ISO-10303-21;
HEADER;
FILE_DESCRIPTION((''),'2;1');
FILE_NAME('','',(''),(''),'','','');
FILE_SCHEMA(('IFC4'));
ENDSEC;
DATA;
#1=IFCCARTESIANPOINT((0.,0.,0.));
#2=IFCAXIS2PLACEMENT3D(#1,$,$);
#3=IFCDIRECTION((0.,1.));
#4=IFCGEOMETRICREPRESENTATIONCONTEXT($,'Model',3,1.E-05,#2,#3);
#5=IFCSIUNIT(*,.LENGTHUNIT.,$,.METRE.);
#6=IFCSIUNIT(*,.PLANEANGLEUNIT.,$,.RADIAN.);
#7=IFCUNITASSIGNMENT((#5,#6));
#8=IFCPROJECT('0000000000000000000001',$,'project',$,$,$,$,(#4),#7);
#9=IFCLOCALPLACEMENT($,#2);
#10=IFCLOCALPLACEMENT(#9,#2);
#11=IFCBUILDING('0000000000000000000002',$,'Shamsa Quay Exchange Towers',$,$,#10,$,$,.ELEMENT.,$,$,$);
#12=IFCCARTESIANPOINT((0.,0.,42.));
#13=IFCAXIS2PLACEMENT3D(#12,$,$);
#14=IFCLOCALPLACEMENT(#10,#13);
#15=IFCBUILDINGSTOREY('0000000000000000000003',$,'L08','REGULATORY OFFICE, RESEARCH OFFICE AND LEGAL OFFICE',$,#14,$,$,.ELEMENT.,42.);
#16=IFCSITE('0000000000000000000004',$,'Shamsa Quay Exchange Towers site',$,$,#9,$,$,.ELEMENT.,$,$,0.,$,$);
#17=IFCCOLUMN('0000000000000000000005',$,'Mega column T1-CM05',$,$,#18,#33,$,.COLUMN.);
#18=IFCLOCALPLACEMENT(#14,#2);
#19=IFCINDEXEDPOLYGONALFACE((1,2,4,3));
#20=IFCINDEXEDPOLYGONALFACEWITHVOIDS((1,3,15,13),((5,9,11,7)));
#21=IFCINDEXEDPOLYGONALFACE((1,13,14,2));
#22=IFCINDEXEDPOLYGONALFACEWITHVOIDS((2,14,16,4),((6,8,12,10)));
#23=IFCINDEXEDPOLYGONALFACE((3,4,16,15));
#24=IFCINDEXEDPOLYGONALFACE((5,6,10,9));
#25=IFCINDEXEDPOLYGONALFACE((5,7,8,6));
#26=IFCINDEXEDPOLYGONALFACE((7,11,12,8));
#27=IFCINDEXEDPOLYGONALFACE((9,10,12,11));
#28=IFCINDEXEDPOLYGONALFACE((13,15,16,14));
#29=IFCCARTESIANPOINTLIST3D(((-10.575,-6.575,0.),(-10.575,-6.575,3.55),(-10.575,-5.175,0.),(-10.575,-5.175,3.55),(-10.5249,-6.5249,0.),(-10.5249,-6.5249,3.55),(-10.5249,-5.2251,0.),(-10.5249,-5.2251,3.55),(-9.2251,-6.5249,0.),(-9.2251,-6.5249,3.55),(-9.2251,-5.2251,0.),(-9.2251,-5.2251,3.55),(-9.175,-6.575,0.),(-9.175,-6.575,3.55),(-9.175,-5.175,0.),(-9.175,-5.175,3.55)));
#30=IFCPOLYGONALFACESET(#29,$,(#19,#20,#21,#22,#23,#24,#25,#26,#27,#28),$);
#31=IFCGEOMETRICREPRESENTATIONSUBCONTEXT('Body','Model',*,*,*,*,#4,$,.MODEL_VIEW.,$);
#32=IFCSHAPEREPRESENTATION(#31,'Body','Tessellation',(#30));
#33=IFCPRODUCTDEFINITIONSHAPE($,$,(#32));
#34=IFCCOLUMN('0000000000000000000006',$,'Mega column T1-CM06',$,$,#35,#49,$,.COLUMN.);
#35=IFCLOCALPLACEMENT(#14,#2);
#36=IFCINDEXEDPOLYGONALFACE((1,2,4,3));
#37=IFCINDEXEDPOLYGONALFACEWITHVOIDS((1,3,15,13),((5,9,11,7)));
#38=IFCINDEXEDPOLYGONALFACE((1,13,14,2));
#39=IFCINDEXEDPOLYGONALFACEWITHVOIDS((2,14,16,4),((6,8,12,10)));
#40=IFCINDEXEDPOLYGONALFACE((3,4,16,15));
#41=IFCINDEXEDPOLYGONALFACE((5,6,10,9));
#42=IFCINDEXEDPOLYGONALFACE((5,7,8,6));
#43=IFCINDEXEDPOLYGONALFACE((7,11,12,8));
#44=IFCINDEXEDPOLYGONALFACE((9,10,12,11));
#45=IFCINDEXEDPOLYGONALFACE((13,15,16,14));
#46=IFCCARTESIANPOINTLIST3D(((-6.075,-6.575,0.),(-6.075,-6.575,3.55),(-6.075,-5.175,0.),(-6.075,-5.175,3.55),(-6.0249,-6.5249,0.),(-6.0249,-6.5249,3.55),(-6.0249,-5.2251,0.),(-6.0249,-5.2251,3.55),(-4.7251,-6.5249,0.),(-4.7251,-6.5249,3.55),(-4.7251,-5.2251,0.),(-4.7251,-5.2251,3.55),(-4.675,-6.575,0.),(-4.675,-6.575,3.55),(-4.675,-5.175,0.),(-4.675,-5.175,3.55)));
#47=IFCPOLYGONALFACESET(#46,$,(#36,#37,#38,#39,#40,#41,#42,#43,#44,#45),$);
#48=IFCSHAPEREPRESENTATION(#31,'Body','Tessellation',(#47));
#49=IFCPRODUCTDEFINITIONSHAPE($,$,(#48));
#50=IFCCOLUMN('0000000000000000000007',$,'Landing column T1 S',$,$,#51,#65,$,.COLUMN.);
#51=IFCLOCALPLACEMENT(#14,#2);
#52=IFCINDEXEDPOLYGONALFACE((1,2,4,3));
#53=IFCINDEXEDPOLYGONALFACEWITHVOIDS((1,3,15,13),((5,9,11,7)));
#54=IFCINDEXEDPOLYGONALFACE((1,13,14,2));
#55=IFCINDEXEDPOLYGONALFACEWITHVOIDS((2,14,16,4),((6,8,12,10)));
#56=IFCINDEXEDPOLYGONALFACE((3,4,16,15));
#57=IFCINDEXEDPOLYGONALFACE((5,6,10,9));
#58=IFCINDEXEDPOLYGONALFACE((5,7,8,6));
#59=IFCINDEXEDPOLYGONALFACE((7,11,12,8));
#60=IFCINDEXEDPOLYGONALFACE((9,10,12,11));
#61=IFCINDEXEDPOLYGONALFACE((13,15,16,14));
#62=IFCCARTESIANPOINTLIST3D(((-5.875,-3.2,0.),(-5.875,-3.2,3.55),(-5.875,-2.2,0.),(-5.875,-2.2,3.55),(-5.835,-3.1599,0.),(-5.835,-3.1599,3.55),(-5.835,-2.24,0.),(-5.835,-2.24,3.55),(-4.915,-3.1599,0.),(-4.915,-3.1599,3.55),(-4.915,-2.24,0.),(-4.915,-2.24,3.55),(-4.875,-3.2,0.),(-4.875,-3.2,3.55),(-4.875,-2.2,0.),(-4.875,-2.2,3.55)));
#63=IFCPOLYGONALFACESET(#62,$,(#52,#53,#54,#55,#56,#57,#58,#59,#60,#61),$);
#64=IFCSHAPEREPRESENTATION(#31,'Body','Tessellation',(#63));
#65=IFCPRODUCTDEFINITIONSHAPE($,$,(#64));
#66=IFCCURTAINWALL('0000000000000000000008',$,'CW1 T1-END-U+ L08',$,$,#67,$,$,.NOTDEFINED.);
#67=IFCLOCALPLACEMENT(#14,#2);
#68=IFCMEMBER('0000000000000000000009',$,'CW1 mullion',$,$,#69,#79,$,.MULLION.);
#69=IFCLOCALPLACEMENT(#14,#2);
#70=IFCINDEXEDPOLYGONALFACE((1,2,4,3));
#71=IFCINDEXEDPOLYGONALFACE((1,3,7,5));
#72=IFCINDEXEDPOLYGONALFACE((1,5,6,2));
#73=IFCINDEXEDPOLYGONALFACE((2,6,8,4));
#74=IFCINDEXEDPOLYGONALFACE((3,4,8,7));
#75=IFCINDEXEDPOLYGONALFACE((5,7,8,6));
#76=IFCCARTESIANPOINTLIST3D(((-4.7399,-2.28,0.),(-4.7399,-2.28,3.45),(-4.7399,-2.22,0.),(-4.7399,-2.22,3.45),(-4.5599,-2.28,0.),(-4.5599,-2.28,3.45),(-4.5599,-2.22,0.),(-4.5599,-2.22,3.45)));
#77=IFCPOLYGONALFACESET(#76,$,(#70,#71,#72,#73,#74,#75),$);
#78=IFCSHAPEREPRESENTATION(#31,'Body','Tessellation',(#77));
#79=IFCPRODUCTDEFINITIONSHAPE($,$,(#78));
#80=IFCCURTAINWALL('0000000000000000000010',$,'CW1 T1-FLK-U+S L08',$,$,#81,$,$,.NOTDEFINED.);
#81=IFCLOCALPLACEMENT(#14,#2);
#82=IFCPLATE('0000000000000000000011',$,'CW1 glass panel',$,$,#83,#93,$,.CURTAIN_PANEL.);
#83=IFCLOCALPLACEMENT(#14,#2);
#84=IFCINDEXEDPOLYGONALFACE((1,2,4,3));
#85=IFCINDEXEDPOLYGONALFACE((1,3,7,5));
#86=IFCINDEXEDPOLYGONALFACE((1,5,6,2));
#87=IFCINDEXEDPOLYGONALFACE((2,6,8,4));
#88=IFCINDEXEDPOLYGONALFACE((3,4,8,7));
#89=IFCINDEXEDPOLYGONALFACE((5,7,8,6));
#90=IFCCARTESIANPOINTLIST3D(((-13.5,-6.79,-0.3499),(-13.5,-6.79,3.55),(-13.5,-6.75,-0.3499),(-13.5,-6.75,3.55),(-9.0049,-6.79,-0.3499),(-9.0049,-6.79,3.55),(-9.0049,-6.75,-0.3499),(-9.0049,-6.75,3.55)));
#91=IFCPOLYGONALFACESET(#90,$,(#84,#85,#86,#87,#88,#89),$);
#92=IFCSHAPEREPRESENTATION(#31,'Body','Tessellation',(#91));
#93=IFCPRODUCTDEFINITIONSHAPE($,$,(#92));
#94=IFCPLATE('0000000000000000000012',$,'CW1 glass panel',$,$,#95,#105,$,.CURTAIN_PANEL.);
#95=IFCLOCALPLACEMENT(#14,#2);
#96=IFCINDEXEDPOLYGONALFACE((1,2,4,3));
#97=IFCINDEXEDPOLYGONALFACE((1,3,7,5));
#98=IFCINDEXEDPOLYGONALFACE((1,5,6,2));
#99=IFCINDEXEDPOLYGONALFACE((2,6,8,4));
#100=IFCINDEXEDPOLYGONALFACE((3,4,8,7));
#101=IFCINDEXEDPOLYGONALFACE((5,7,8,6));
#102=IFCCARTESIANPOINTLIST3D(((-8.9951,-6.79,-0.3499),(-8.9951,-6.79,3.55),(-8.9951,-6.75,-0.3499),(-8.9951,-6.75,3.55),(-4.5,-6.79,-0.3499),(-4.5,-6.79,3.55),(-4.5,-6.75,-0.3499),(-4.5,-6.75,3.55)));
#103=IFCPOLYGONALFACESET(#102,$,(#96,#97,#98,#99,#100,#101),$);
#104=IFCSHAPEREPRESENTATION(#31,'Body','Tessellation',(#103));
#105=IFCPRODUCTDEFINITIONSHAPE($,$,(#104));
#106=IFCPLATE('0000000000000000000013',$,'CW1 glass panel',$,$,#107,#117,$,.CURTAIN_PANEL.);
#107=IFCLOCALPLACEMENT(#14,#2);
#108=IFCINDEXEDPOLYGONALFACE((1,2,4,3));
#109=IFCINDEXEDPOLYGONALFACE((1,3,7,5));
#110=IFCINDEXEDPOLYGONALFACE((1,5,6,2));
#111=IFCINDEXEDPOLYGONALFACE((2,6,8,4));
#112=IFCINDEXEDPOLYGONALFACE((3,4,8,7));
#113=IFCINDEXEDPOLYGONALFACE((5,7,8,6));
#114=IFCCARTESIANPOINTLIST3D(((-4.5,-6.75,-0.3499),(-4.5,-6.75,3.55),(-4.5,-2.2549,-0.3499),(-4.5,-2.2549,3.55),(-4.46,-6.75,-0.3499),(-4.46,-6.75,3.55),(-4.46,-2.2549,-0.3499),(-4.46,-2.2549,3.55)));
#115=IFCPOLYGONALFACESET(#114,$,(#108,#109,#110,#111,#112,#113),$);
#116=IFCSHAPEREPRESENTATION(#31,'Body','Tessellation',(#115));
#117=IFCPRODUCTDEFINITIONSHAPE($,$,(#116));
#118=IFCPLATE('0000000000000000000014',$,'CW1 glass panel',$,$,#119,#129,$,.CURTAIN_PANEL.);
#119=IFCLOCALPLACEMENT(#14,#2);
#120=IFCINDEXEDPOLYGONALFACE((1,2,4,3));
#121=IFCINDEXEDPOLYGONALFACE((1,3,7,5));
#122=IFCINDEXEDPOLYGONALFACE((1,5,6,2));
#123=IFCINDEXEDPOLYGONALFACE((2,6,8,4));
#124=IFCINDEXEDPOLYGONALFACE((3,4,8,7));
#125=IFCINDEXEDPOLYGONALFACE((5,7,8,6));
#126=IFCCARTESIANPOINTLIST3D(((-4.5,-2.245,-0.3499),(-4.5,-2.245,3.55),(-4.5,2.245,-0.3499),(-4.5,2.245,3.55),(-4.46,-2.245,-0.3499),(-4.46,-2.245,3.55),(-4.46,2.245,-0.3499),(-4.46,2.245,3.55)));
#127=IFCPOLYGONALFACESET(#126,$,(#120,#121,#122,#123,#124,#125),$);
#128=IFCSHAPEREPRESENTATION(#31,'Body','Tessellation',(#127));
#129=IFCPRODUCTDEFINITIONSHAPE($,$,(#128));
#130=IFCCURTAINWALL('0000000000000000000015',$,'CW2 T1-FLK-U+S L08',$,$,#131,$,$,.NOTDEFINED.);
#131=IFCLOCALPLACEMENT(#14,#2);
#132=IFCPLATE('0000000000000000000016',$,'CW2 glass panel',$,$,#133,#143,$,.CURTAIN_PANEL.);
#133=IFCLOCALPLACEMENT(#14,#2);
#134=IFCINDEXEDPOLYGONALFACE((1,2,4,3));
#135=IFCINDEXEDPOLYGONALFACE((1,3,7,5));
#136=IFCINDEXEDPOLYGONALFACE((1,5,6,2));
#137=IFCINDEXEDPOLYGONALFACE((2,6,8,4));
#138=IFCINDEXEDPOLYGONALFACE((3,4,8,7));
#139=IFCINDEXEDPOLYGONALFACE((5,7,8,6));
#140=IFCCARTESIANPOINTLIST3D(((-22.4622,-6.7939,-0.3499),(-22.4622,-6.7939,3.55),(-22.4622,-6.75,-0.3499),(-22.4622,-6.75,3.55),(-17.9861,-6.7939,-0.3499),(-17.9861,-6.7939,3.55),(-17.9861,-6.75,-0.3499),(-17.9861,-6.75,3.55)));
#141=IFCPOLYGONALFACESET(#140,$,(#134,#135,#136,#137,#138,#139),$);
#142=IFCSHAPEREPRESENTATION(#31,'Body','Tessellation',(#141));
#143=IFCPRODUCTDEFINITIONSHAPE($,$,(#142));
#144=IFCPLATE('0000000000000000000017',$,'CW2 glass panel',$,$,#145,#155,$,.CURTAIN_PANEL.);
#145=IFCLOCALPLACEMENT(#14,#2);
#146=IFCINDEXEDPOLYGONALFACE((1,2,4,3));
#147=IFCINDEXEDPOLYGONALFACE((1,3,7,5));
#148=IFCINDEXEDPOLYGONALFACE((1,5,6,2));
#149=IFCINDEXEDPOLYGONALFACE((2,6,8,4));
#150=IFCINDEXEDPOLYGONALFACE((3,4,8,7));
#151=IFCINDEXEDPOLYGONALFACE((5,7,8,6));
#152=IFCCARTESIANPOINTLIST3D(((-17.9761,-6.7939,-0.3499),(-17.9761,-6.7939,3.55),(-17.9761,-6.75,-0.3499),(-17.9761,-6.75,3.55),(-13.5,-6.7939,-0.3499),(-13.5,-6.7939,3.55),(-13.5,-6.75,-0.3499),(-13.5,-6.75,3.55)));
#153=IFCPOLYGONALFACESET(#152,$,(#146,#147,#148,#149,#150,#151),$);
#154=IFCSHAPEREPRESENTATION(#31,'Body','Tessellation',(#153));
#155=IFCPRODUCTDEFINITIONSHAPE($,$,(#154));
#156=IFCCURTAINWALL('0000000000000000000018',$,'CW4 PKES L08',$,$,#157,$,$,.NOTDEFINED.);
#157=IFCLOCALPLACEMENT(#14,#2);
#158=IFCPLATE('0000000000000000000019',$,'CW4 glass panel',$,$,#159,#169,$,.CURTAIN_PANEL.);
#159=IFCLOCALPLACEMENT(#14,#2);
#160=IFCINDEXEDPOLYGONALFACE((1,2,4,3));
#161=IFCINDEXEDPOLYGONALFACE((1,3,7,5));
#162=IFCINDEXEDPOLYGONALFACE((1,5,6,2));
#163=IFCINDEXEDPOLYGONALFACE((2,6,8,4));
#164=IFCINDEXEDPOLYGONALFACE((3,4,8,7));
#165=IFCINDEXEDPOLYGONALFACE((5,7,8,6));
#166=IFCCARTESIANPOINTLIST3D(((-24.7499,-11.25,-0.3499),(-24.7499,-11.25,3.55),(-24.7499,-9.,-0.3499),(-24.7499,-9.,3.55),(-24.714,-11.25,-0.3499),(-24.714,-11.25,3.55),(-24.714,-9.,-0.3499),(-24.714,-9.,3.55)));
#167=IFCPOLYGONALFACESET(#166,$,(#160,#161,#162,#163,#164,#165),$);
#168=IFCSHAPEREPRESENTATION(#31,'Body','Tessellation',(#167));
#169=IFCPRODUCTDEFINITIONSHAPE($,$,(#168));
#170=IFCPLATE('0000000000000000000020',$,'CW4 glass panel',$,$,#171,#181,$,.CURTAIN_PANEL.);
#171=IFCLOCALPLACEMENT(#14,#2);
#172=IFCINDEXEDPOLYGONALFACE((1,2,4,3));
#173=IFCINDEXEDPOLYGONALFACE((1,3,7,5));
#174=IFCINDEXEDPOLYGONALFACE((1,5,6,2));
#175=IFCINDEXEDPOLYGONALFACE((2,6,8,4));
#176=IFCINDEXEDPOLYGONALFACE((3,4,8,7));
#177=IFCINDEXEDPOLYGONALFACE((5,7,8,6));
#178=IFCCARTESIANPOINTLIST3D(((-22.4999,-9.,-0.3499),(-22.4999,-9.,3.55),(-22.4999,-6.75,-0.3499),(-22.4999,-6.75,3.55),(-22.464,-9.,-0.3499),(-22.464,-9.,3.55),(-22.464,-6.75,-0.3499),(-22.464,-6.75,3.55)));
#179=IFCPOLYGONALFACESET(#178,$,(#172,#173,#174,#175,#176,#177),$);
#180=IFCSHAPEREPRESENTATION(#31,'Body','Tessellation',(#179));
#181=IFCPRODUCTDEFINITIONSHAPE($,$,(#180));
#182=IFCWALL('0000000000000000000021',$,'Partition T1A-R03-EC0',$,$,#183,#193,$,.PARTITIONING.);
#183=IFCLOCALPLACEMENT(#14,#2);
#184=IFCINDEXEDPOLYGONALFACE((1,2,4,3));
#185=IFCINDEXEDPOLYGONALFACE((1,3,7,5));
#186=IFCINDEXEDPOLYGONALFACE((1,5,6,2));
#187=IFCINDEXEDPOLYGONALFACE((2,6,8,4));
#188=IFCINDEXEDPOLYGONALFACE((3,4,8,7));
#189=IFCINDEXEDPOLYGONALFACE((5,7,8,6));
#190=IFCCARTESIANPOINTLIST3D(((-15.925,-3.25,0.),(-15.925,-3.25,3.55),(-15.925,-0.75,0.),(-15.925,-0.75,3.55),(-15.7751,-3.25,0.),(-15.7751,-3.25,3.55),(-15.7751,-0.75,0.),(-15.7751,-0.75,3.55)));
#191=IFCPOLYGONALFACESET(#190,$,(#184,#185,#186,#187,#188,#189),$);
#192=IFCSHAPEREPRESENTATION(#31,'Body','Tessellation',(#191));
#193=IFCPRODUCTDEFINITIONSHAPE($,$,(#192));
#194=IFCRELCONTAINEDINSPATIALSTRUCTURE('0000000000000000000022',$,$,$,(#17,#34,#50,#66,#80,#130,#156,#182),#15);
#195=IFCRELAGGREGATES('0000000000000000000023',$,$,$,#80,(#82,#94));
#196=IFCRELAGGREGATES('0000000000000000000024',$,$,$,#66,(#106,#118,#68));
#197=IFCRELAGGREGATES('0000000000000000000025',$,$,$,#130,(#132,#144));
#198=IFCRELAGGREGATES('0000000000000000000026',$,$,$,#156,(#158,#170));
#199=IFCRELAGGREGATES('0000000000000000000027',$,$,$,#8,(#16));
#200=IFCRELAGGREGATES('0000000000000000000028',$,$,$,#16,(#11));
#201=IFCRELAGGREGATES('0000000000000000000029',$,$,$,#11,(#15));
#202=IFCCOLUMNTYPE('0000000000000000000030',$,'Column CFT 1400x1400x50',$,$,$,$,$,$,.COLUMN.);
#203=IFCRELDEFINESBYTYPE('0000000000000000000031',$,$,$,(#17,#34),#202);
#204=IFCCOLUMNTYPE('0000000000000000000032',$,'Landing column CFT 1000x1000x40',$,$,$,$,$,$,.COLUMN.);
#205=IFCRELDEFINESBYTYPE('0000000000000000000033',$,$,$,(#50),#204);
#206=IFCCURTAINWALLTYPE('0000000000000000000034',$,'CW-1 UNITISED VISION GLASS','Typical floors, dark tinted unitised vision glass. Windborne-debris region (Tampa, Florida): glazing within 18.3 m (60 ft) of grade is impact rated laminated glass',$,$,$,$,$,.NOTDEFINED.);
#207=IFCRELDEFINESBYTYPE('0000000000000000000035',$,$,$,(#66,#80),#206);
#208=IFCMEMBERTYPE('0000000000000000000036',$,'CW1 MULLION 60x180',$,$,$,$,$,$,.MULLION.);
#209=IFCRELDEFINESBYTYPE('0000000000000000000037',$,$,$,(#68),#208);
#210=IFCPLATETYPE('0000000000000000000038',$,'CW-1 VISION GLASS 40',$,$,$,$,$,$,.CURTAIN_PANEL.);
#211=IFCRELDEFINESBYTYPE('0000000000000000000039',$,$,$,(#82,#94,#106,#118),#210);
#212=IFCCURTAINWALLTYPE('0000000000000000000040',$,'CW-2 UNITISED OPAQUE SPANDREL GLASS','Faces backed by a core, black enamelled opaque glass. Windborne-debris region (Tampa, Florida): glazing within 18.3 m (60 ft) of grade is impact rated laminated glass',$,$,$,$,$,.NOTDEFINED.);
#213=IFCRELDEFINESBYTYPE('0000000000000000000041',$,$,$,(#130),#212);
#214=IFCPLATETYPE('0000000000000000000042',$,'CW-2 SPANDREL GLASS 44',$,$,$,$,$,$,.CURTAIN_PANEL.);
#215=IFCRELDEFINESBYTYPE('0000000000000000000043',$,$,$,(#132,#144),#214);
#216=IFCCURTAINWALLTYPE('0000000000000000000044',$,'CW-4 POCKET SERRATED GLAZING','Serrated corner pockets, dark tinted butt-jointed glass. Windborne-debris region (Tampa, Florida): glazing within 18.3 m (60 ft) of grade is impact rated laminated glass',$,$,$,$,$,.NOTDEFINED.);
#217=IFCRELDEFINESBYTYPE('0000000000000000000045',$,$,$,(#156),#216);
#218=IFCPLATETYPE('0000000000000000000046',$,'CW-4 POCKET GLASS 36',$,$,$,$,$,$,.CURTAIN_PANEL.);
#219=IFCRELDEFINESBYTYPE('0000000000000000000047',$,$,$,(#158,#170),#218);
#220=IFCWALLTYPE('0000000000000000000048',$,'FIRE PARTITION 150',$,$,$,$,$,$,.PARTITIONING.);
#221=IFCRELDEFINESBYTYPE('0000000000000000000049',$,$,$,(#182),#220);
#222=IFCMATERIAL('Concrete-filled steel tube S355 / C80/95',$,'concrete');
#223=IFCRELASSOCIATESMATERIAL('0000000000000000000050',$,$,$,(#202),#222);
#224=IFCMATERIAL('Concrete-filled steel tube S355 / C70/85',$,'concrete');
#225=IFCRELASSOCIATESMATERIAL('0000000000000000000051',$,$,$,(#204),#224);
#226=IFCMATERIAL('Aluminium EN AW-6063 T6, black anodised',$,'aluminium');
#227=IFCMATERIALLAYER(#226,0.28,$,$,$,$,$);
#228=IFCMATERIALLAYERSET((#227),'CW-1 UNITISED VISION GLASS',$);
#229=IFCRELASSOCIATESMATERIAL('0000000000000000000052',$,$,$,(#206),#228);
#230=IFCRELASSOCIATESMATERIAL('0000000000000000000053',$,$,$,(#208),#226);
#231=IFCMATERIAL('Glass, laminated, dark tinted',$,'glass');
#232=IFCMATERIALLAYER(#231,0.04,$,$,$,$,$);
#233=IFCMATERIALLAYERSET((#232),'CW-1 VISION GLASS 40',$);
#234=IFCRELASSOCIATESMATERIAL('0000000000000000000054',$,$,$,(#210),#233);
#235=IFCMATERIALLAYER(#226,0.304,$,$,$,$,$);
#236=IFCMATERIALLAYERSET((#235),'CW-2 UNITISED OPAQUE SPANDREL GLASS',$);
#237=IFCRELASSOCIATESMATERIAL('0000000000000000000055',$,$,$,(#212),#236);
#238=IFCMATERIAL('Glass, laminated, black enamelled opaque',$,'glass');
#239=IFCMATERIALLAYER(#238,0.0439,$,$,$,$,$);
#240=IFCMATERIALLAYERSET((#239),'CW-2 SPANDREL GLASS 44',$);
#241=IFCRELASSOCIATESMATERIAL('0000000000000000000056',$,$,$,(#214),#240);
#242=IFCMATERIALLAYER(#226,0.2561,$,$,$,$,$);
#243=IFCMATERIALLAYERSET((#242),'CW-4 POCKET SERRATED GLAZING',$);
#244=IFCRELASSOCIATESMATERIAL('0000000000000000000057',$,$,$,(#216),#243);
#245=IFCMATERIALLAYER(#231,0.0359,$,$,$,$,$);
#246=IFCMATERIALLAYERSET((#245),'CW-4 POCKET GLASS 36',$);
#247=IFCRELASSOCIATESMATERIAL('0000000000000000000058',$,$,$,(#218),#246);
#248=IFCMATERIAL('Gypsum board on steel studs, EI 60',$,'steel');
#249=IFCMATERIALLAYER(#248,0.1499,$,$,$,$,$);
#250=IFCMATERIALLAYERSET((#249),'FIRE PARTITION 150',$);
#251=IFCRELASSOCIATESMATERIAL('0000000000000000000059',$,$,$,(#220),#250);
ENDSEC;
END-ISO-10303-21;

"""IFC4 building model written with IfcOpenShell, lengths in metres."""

from ifc_helpers import new_model, si_unit, direction, frame, frame_2d, origin, origin_2d, place, context, subcontext, project, spatial, rectangle, hollow_rectangle, extrude, material, layer, layer_set, material_profile, profile_set, type_object, element, aggregate, save


model = new_model("IFC4")

# Units and contexts
model_context = context("Model", 3, precision=1e-05, world=origin(), true_north=direction((0.0, 1.0)))
body_context = subcontext(model_context, "Body", "Model", "MODEL_VIEW")
ifc_project = project(units=[si_unit("LENGTHUNIT", "METRE"), si_unit("PLANEANGLEUNIT", "RADIAN")], contexts=[model_context])

# Site, building, storey
site_placement = place(None, origin())
site = spatial("IfcSite", under=ifc_project, at=site_placement, Name="Shamsa Quay Exchange Towers site", CompositionType="ELEMENT", RefElevation=0.0)
building_placement = place(site_placement, origin())
building = spatial("IfcBuilding", under=site, at=building_placement, Name="Shamsa Quay Exchange Towers", CompositionType="ELEMENT")
storey_placement = place(building_placement, frame((0.0, 0.0, 42.0)))
storey = spatial("IfcBuildingStorey", under=building, at=storey_placement, Name="L08", Description="REGULATORY OFFICE, RESEARCH OFFICE AND LEGAL OFFICE", CompositionType="ELEMENT", Elevation=42.0)

# Columns
ifc_material_1 = material(Name="Concrete-filled steel tube S355 / C80/95", Category="concrete")
ifc_material_profile_1 = material_profile(ifc_material_1, hollow_rectangle(XDim=1.3999, YDim=1.3999, WallThickness=0.05, at=origin_2d()), Name="CFT 1400x1400x50")
ifc_profile_set_1 = profile_set([ifc_material_profile_1], Name="Concrete-filled steel tube S355 / C80/95")
column_type_1 = type_object("IfcColumnType", Name="Column CFT 1400x1400x50", PredefinedType="COLUMN", material=ifc_profile_set_1)
for number, where, name in (
    (1, (-9.875, -5.875, 0.0), "Mega column T1-CM05"),
    (2, (-5.375, -5.875, 0.0), "Mega column T1-CM06"),
):
    element("IfcColumn", number, at=place(storey_placement, frame(where)), inside=storey, type_object=column_type_1, Name=name, PredefinedType="COLUMN", context=body_context, shape_type="SweptSolid", body=[
        extrude(hollow_rectangle(XDim=1.3999, YDim=1.3999, WallThickness=0.05, at=origin_2d()), origin(), (0.0, 0.0, 1.0), 3.55),
    ])
ifc_material_2 = material(Name="Concrete-filled steel tube S355 / C70/85", Category="concrete")
ifc_material_profile_2 = material_profile(ifc_material_2, hollow_rectangle(XDim=1.0, YDim=1.0, WallThickness=0.04, at=origin_2d()), Name="CFT 1000x1000x40")
ifc_profile_set_2 = profile_set([ifc_material_profile_2], Name="Concrete-filled steel tube S355 / C70/85")
column_type_2 = type_object("IfcColumnType", Name="Landing column CFT 1000x1000x40", PredefinedType="COLUMN", material=ifc_profile_set_2)
column_placement = place(storey_placement, frame((-5.375, -2.7, 0.0)))
element("IfcColumn", 3, at=column_placement, inside=storey, type_object=column_type_2, Name="Landing column T1 S", PredefinedType="COLUMN", context=body_context, shape_type="SweptSolid", body=[
    extrude(hollow_rectangle(XDim=1.0, YDim=1.0, WallThickness=0.04, at=origin_2d()), origin(), (0.0, 0.0, 1.0), 3.55),
])

# Curtain wall, member
ifc_material_3 = material(Name="Aluminium EN AW-6063 T6, black anodised", Category="aluminium")
ifc_layer_1 = layer(ifc_material_3, 0.28)
ifc_layer_set_1 = layer_set([ifc_layer_1], Name="CW-1 UNITISED VISION GLASS")
curtain_wall_type_1 = type_object("IfcCurtainWallType", Name="CW-1 UNITISED VISION GLASS", Description="Typical floors, dark tinted unitised vision glass. Windborne-debris region (Tampa, Florida): glazing within 18.3 m (60 ft) of grade is impact rated laminated glass", PredefinedType="NOTDEFINED", material=ifc_layer_set_1)
curtain_wall_1_placement = place(storey_placement, origin())
curtain_wall_1 = element("IfcCurtainWall", 4, at=curtain_wall_1_placement, inside=storey, type_object=curtain_wall_type_1, Name="CW1 T1-END-U+ L08", PredefinedType="NOTDEFINED")
ifc_material_profile_3 = material_profile(ifc_material_3, rectangle(XDim=0.1799, YDim=0.0601, at=origin_2d()), Name="MU60x180")
ifc_profile_set_3 = profile_set([ifc_material_profile_3], Name="Aluminium EN AW-6063 T6, black anodised")
member_type = type_object("IfcMemberType", Name="CW1 MULLION 60x180", PredefinedType="MULLION", material=ifc_profile_set_3)
member_placement = place(storey_placement, frame((-4.6499, -2.25, 0.0), z_axis=(0.0, 0.0, 1.0), x_axis=(-1.0, 0.0, 0.0)))
member = element("IfcMember", 5, at=member_placement, type_object=member_type, Name="CW1 mullion", PredefinedType="MULLION", context=body_context, shape_type="SweptSolid", body=[
    extrude(rectangle(XDim=0.1799, YDim=0.0601, at=origin_2d()), origin(), (0.0, 0.0, 1.0), 3.45),
])

# Curtain wall, plates
curtain_wall_2_placement = place(storey_placement, origin())
curtain_wall_2 = element("IfcCurtainWall", 6, at=curtain_wall_2_placement, inside=storey, type_object=curtain_wall_type_1, Name="CW1 T1-FLK-U+S L08", PredefinedType="NOTDEFINED")
ifc_material_4 = material(Name="Glass, laminated, dark tinted", Category="glass")
ifc_layer_2 = layer(ifc_material_4, 0.04)
ifc_layer_set_2 = layer_set([ifc_layer_2], Name="CW-1 VISION GLASS 40")
plate_type_1 = type_object("IfcPlateType", Name="CW-1 VISION GLASS 40", PredefinedType="CURTAIN_PANEL", material=ifc_layer_set_2)
plate_1_placement = place(storey_placement, frame((-11.2524, -6.77, -0.3499)))
plate_1 = element("IfcPlate", 7, at=plate_1_placement, type_object=plate_type_1, Name="CW1 glass panel", PredefinedType="CURTAIN_PANEL", context=body_context, shape_type="SweptSolid", body=[
    extrude(rectangle(XDim=4.4951, YDim=0.04, at=origin_2d()), origin(), (0.0, 0.0, 1.0), 3.8999),
])
plate_2_placement = place(storey_placement, frame((-6.7476, -6.77, -0.3499)))
plate_2 = element("IfcPlate", 8, at=plate_2_placement, type_object=plate_type_1, Name="CW1 glass panel", PredefinedType="CURTAIN_PANEL", context=body_context, shape_type="SweptSolid", body=[
    extrude(rectangle(XDim=4.4951, YDim=0.04, at=origin_2d()), origin(), (0.0, 0.0, 1.0), 3.8999),
])
aggregate(curtain_wall_2, [plate_1, plate_2])

# Plates
plate_3_placement = place(storey_placement, frame((-4.48, -4.5024, -0.3499), z_axis=(0.0, 0.0, 1.0), x_axis=(0.0, 1.0, 0.0)))
plate_3 = element("IfcPlate", 9, at=plate_3_placement, type_object=plate_type_1, Name="CW1 glass panel", PredefinedType="CURTAIN_PANEL", context=body_context, shape_type="SweptSolid", body=[
    extrude(rectangle(XDim=4.4951, YDim=0.04, at=origin_2d()), origin(), (0.0, 0.0, 1.0), 3.8999),
])
plate_4_placement = place(storey_placement, frame((-4.48, 0.0, -0.3499), z_axis=(0.0, 0.0, 1.0), x_axis=(0.0, 1.0, 0.0)))
plate_4 = element("IfcPlate", 10, at=plate_4_placement, type_object=plate_type_1, Name="CW1 glass panel", PredefinedType="CURTAIN_PANEL", context=body_context, shape_type="SweptSolid", body=[
    extrude(rectangle(XDim=4.49, YDim=0.04, at=origin_2d()), origin(), (0.0, 0.0, 1.0), 3.8999),
])
aggregate(curtain_wall_1, [plate_3, plate_4, member])

# Curtain walls, plates
ifc_layer_3 = layer(ifc_material_3, 0.304)
ifc_layer_set_3 = layer_set([ifc_layer_3], Name="CW-2 UNITISED OPAQUE SPANDREL GLASS")
curtain_wall_type_2 = type_object("IfcCurtainWallType", Name="CW-2 UNITISED OPAQUE SPANDREL GLASS", Description="Faces backed by a core, black enamelled opaque glass. Windborne-debris region (Tampa, Florida): glazing within 18.3 m (60 ft) of grade is impact rated laminated glass", PredefinedType="NOTDEFINED", material=ifc_layer_set_3)
curtain_wall_3_placement = place(storey_placement, origin())
curtain_wall_3 = element("IfcCurtainWall", 11, at=curtain_wall_3_placement, inside=storey, type_object=curtain_wall_type_2, Name="CW2 T1-FLK-U+S L08", PredefinedType="NOTDEFINED")
ifc_material_5 = material(Name="Glass, laminated, black enamelled opaque", Category="glass")
ifc_layer_4 = layer(ifc_material_5, 0.0439)
ifc_layer_set_4 = layer_set([ifc_layer_4], Name="CW-2 SPANDREL GLASS 44")
plate_type_2 = type_object("IfcPlateType", Name="CW-2 SPANDREL GLASS 44", PredefinedType="CURTAIN_PANEL", material=ifc_layer_set_4)
plate_5_placement = place(storey_placement, frame((-20.2241, -6.772, -0.3499)))
plate_5 = element("IfcPlate", 12, at=plate_5_placement, type_object=plate_type_2, Name="CW2 glass panel", PredefinedType="CURTAIN_PANEL", context=body_context, shape_type="SweptSolid", body=[
    extrude(rectangle(XDim=4.4761, YDim=0.0439, at=origin_2d()), origin(), (0.0, 0.0, 1.0), 3.8999),
])
plate_6_placement = place(storey_placement, frame((-15.738, -6.772, -0.3499)))
plate_6 = element("IfcPlate", 13, at=plate_6_placement, type_object=plate_type_2, Name="CW2 glass panel", PredefinedType="CURTAIN_PANEL", context=body_context, shape_type="SweptSolid", body=[
    extrude(rectangle(XDim=4.4761, YDim=0.0439, at=origin_2d()), origin(), (0.0, 0.0, 1.0), 3.8999),
])
aggregate(curtain_wall_3, [plate_5, plate_6])
ifc_layer_5 = layer(ifc_material_3, 0.2561)
ifc_layer_set_5 = layer_set([ifc_layer_5], Name="CW-4 POCKET SERRATED GLAZING")
curtain_wall_type_3 = type_object("IfcCurtainWallType", Name="CW-4 POCKET SERRATED GLAZING", Description="Serrated corner pockets, dark tinted butt-jointed glass. Windborne-debris region (Tampa, Florida): glazing within 18.3 m (60 ft) of grade is impact rated laminated glass", PredefinedType="NOTDEFINED", material=ifc_layer_set_5)
curtain_wall_4_placement = place(storey_placement, origin())
curtain_wall_4 = element("IfcCurtainWall", 14, at=curtain_wall_4_placement, inside=storey, type_object=curtain_wall_type_3, Name="CW4 PKES L08", PredefinedType="NOTDEFINED")
ifc_layer_6 = layer(ifc_material_4, 0.0359)
ifc_layer_set_6 = layer_set([ifc_layer_6], Name="CW-4 POCKET GLASS 36")
plate_type_3 = type_object("IfcPlateType", Name="CW-4 POCKET GLASS 36", PredefinedType="CURTAIN_PANEL", material=ifc_layer_set_6)
plate_7_placement = place(storey_placement, frame((-24.7319, -10.125, -0.3499), z_axis=(0.0, 0.0, 1.0), x_axis=(0.0, 1.0, 0.0)))
plate_7 = element("IfcPlate", 15, at=plate_7_placement, type_object=plate_type_3, Name="CW4 glass panel", PredefinedType="CURTAIN_PANEL", context=body_context, shape_type="SweptSolid", body=[
    extrude(rectangle(XDim=2.25, YDim=0.0359, at=origin_2d()), origin(), (0.0, 0.0, 1.0), 3.8999),
])
plate_8_placement = place(storey_placement, frame((-22.4819, -7.875, -0.3499), z_axis=(0.0, 0.0, 1.0), x_axis=(0.0, 1.0, 0.0)))
plate_8 = element("IfcPlate", 16, at=plate_8_placement, type_object=plate_type_3, Name="CW4 glass panel", PredefinedType="CURTAIN_PANEL", context=body_context, shape_type="SweptSolid", body=[
    extrude(rectangle(XDim=2.25, YDim=0.0359, at=origin_2d()), origin(), (0.0, 0.0, 1.0), 3.8999),
])
aggregate(curtain_wall_4, [plate_7, plate_8])

# Wall
ifc_material_6 = material(Name="Gypsum board on steel studs, EI 60", Category="steel")
ifc_layer_7 = layer(ifc_material_6, 0.1499)
ifc_layer_set_7 = layer_set([ifc_layer_7], Name="FIRE PARTITION 150")
wall_type_1 = type_object("IfcWallType", Name="FIRE PARTITION 150", PredefinedType="PARTITIONING", material=ifc_layer_set_7)
wall_1_placement = place(storey_placement, frame((-15.8501, -3.25, 0.0), z_axis=(0.0, 0.0, 1.0), x_axis=(0.0, 1.0, 0.0)))
element("IfcWall", 17, at=wall_1_placement, inside=storey, type_object=wall_type_1, Name="Partition T1A-R03-EC0", PredefinedType="PARTITIONING", context=body_context, shape_type="SweptSolid", body=[
    extrude(rectangle(XDim=2.5, YDim=0.1499, at=frame_2d((1.25, 0.0))), origin(), (0.0, 0.0, 1.0), 3.55),
])

save(model, "model.ifc")
